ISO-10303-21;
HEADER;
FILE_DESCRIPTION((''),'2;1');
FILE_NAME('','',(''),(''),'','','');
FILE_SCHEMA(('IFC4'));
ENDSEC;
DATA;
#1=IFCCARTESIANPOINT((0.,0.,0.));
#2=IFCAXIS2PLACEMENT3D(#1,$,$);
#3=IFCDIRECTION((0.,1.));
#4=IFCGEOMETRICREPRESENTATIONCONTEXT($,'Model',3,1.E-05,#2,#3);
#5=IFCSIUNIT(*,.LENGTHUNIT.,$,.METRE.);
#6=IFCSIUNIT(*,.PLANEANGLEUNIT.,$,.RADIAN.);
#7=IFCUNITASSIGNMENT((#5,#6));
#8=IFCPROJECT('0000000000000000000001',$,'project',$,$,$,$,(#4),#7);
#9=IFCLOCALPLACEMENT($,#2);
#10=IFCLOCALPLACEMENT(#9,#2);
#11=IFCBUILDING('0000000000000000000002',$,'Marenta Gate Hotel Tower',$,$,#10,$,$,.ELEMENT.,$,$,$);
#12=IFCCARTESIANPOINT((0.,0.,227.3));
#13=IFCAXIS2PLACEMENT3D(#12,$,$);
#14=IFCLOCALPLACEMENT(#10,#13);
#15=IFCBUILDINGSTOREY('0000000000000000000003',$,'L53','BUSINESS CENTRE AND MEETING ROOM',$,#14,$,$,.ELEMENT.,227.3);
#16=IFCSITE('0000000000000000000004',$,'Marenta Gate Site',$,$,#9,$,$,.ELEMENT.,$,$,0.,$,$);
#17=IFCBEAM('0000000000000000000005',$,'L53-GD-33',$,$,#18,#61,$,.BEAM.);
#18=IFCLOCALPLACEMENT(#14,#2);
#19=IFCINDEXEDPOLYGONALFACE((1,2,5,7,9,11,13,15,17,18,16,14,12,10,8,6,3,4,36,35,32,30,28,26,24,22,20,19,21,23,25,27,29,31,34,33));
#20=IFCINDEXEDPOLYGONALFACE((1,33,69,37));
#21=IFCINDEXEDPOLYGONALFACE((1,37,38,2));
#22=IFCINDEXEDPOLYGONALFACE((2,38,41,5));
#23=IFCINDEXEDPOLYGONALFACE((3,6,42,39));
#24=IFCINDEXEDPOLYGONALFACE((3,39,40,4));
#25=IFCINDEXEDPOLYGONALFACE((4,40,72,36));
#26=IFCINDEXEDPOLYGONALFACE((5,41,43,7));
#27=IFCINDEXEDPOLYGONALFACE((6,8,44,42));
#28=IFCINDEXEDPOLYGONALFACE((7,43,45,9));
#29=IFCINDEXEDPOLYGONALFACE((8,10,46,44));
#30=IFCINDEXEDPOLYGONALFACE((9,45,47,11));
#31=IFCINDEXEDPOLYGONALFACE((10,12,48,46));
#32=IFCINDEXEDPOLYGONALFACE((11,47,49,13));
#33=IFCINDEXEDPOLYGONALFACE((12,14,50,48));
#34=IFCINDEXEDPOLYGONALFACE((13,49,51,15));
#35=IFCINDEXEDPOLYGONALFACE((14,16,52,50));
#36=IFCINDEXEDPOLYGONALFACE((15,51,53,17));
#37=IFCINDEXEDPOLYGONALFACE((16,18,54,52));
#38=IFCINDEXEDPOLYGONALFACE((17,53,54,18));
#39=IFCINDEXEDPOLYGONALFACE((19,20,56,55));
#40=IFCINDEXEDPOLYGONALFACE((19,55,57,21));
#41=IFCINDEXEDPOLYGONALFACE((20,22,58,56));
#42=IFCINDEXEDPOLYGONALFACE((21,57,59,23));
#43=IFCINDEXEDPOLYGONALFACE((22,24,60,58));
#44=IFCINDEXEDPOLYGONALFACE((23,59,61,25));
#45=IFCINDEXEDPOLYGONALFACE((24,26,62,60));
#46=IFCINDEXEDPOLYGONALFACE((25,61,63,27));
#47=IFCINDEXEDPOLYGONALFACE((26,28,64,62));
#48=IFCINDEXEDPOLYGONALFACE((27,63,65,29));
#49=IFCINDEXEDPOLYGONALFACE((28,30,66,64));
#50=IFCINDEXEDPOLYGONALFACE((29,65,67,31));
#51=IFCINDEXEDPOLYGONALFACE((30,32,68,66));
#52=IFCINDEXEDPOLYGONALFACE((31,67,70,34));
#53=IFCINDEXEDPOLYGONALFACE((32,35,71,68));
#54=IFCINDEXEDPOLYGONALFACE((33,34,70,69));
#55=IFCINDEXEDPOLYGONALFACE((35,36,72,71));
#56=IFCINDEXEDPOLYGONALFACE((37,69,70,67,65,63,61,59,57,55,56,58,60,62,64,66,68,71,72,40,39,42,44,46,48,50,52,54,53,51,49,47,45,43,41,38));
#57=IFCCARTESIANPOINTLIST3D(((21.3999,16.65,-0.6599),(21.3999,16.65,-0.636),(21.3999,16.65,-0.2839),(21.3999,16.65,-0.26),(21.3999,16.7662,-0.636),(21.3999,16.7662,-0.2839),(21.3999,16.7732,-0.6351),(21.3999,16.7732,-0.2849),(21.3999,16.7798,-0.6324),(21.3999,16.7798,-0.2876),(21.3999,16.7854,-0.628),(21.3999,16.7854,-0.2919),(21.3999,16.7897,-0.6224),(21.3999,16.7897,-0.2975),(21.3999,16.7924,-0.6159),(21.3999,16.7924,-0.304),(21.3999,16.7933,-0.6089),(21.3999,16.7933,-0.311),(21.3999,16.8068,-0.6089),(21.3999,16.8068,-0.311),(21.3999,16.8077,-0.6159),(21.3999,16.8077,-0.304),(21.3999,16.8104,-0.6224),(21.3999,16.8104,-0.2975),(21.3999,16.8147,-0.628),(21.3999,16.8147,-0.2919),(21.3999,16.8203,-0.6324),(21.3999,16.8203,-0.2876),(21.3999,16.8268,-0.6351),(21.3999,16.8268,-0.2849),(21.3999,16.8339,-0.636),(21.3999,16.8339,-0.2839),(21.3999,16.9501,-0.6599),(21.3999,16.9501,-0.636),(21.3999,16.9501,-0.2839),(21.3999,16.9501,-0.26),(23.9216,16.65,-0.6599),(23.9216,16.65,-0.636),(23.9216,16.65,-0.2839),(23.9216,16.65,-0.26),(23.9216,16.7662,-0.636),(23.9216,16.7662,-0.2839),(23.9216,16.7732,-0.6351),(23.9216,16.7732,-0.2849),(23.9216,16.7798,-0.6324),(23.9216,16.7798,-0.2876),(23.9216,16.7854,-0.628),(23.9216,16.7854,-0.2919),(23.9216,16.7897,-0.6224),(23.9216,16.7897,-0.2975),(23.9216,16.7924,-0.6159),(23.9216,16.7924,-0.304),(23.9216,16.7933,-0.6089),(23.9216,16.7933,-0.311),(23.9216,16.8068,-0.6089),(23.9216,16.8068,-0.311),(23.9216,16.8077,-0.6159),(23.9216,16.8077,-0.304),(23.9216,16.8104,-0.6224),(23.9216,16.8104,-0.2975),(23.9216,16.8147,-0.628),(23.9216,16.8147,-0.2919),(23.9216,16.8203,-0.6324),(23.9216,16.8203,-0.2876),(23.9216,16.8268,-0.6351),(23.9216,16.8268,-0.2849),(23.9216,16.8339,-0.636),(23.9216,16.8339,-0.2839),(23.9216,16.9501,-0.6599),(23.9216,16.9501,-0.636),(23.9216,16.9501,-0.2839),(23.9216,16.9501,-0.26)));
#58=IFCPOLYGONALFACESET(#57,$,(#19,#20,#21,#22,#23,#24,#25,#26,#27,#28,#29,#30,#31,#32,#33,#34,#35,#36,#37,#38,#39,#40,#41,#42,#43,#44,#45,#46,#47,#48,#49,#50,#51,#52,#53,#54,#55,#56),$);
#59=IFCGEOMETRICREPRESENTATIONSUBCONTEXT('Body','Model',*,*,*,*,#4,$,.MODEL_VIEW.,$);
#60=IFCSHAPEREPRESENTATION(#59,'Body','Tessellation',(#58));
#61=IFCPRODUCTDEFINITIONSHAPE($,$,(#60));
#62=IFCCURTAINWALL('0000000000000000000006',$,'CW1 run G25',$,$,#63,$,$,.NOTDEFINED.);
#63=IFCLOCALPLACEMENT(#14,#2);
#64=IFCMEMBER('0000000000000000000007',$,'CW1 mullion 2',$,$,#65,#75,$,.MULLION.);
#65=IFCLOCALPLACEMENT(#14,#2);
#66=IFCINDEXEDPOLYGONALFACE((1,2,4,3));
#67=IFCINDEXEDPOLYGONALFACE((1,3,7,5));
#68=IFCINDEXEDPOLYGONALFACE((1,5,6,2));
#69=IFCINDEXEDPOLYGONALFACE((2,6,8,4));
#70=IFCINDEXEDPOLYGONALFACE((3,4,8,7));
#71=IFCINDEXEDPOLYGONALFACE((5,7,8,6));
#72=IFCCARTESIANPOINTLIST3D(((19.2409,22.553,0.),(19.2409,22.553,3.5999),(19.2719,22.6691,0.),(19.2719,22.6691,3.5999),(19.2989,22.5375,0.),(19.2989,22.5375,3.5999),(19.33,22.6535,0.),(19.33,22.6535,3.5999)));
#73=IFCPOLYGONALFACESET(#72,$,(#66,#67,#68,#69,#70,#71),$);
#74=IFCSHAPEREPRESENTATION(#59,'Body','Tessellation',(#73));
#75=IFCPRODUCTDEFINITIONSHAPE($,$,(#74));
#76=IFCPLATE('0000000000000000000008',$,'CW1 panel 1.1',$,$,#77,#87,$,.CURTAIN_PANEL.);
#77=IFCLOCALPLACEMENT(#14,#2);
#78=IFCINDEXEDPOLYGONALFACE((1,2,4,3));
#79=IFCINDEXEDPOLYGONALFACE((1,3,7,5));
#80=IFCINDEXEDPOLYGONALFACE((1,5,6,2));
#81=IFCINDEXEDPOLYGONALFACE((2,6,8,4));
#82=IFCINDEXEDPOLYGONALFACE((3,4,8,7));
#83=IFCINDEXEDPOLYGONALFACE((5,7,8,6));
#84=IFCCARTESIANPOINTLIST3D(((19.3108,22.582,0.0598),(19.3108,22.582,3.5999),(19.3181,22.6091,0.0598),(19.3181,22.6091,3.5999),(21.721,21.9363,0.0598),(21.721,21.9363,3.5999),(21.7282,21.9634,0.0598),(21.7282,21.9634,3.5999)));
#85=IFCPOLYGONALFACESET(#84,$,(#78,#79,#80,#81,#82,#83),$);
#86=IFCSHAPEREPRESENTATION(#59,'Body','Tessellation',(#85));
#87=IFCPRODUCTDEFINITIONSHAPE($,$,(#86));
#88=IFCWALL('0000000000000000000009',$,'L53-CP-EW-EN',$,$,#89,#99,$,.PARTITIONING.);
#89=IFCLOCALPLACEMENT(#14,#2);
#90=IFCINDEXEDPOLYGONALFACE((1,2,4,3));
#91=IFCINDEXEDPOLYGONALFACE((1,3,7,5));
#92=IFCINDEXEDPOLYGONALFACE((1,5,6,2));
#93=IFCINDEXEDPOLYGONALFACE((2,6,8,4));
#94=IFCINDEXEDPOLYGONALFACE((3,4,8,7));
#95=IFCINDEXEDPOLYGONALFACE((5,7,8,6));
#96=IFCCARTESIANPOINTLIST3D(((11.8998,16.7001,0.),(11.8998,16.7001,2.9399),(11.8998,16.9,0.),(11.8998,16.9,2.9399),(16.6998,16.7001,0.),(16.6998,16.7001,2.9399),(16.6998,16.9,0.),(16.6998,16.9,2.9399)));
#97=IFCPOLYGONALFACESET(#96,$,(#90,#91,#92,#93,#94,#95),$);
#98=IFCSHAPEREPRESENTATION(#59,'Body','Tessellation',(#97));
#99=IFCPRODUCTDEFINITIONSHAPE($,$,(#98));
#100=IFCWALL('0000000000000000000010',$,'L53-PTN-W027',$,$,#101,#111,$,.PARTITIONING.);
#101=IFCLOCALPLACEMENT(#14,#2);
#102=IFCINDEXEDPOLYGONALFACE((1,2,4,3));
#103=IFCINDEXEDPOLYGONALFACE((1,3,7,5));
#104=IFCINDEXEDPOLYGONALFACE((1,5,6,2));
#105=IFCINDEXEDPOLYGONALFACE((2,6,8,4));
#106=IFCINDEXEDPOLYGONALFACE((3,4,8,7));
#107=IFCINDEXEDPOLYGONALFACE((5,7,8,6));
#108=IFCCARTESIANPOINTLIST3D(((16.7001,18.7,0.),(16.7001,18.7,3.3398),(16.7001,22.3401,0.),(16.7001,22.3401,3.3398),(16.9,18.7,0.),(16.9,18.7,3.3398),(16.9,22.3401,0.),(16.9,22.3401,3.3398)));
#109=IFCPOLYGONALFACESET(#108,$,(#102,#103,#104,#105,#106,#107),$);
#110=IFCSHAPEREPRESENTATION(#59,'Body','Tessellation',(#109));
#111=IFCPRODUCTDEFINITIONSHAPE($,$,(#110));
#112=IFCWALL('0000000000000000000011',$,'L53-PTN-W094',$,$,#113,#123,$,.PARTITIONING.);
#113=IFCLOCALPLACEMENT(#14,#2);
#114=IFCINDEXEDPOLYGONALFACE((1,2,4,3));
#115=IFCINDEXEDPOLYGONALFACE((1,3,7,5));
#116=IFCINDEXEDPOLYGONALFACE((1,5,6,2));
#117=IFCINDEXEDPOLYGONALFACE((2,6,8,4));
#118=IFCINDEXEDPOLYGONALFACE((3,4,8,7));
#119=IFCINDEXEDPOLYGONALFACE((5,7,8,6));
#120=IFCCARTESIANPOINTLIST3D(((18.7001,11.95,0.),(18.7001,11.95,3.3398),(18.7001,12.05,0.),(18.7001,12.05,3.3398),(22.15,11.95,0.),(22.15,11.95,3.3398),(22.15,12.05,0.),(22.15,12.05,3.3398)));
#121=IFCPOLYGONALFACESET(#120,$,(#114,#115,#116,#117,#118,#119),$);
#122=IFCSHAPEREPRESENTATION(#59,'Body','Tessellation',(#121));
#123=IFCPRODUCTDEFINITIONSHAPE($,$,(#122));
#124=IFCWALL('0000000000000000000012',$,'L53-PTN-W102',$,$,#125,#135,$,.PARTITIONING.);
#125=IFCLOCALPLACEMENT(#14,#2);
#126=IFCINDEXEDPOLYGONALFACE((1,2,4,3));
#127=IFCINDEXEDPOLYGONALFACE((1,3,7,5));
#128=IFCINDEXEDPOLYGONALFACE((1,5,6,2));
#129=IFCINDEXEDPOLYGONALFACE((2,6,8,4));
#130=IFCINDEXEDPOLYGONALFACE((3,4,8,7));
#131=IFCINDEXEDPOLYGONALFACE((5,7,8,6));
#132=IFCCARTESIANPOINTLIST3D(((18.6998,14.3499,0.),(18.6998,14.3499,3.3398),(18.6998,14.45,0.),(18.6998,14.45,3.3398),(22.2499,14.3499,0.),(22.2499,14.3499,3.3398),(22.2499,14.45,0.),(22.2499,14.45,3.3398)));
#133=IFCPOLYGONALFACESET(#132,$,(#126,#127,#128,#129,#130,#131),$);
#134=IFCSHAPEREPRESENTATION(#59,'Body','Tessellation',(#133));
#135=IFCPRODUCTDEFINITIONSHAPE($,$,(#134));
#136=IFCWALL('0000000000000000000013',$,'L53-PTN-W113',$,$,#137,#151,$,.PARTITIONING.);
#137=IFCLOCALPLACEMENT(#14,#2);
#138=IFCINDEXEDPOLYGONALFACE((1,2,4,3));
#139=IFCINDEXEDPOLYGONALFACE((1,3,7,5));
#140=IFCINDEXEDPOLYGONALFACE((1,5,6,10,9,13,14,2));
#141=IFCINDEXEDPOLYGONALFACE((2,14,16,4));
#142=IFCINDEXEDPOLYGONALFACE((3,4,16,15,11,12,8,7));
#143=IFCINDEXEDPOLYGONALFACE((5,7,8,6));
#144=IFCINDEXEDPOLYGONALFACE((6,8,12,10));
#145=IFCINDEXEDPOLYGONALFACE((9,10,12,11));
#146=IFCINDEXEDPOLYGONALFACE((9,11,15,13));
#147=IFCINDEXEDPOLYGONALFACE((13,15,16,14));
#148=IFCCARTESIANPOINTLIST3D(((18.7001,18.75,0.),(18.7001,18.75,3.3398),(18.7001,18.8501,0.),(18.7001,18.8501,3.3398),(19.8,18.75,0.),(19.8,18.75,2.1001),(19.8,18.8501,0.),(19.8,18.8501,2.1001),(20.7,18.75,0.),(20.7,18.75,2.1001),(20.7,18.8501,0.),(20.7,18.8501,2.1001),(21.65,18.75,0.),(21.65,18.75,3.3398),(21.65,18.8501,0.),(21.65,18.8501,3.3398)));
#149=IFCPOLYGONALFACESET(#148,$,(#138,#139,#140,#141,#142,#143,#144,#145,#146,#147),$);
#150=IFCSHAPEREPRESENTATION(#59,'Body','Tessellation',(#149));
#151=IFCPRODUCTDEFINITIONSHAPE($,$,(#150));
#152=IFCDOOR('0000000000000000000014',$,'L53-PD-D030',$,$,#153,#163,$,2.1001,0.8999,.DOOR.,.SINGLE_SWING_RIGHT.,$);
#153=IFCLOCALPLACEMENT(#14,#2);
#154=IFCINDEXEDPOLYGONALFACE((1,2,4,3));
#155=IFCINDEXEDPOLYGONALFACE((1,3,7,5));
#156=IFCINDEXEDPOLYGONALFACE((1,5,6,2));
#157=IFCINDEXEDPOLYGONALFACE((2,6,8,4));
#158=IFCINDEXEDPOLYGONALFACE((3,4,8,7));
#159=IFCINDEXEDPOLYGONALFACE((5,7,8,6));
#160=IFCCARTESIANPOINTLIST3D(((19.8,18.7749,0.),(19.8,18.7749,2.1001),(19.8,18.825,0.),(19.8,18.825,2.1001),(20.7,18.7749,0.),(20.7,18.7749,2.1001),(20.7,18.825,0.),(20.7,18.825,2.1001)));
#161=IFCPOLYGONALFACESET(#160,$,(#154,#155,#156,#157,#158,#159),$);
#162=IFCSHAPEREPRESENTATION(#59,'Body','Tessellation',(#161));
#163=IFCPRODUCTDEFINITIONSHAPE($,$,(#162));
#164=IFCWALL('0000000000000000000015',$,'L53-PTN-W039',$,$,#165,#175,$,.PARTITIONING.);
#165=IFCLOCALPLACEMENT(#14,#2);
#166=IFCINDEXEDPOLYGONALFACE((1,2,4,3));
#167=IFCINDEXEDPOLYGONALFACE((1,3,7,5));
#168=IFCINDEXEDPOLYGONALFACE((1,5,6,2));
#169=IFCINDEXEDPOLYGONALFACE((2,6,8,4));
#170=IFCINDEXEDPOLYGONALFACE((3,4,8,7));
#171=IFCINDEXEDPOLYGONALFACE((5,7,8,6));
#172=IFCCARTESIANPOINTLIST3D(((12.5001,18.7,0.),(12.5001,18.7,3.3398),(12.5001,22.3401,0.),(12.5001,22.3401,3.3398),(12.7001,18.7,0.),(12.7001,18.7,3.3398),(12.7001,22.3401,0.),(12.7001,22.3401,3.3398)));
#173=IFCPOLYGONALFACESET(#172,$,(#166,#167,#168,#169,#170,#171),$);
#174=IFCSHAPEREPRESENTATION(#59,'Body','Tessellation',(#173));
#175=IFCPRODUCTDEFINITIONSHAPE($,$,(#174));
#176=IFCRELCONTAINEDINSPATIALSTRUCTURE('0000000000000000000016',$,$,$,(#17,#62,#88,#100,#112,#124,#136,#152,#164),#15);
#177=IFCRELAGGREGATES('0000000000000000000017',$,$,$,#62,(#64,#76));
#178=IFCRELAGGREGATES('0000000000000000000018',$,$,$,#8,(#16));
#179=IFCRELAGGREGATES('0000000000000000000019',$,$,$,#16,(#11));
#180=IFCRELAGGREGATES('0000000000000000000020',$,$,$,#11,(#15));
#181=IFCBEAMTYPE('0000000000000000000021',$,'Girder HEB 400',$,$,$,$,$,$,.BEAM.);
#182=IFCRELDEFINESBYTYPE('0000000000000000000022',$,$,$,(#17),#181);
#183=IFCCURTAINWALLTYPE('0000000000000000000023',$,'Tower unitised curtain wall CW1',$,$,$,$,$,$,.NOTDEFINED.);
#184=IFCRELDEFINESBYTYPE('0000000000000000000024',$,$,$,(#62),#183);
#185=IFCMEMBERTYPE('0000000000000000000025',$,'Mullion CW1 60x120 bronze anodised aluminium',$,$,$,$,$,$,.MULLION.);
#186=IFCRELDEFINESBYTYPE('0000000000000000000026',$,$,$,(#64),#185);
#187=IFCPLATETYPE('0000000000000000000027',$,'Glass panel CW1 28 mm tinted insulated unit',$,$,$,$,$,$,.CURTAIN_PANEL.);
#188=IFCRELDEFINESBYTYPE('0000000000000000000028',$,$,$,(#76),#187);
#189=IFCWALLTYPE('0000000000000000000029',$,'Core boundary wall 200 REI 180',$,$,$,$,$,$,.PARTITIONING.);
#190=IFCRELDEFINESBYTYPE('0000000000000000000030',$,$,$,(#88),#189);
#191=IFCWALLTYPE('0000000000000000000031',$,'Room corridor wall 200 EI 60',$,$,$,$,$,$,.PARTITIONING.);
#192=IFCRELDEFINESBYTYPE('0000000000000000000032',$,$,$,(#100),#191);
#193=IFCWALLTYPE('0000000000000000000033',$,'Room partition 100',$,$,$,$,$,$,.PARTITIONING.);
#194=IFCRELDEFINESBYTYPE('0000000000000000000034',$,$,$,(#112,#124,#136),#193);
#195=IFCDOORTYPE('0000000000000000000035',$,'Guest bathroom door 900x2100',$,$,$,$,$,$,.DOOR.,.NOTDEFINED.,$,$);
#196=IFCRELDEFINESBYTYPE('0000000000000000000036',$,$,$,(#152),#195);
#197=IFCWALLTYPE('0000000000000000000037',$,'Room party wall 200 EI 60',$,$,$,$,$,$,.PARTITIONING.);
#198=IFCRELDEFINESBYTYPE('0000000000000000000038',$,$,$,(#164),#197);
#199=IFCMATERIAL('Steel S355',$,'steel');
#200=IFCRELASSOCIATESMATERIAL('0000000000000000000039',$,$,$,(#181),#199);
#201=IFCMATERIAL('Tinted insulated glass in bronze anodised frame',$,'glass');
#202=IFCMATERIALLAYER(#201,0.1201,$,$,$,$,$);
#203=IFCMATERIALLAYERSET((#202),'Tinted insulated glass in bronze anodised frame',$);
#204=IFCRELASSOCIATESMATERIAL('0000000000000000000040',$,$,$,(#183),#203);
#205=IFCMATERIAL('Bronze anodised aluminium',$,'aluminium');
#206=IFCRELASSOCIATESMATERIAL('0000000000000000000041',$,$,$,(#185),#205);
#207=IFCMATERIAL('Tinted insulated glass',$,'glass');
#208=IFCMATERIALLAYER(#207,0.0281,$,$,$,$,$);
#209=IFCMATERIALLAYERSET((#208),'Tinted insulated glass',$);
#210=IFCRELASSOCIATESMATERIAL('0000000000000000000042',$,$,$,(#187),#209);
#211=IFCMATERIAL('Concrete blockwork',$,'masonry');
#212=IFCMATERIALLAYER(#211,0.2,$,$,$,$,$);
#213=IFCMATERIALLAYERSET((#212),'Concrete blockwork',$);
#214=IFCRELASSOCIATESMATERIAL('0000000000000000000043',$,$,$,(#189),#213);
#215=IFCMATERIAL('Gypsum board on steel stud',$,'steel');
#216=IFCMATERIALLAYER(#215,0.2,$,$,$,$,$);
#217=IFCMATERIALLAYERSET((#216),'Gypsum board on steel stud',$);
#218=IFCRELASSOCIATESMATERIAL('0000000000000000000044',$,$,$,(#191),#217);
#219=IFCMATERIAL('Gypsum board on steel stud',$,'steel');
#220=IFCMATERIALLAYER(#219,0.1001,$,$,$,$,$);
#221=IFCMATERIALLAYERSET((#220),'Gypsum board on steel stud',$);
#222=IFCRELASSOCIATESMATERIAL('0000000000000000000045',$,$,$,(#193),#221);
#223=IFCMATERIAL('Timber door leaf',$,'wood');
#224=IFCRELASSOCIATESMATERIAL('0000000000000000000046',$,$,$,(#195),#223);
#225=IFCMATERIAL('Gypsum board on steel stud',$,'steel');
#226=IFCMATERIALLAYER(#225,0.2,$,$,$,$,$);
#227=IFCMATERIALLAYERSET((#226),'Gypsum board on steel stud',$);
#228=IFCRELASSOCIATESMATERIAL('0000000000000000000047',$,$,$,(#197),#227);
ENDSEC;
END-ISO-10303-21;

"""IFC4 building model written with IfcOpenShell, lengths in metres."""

from ifc_helpers import new_model, si_unit, direction, frame, frame_2d, origin, origin_2d, place, context, subcontext, project, spatial, rectangle, i_section, extrude, material, layer, layer_set, material_profile, profile_set, type_object, element, fill, aggregate, save


model = new_model("IFC4")

# Units and contexts
model_context = context("Model", 3, precision=1e-05, world=origin(), true_north=direction((0.0, 1.0)))
body_context = subcontext(model_context, "Body", "Model", "MODEL_VIEW")
ifc_project = project(units=[si_unit("LENGTHUNIT", "METRE"), si_unit("PLANEANGLEUNIT", "RADIAN")], contexts=[model_context])

# Site, building, storey
site_placement = place(None, origin())
site = spatial("IfcSite", under=ifc_project, at=site_placement, Name="Marenta Gate Site", CompositionType="ELEMENT", RefElevation=0.0)
building_placement = place(site_placement, origin())
building = spatial("IfcBuilding", under=site, at=building_placement, Name="Marenta Gate Hotel Tower", CompositionType="ELEMENT")
storey_placement = place(building_placement, frame((0.0, 0.0, 227.3)))
storey = spatial("IfcBuildingStorey", under=building, at=storey_placement, Name="L53", Description="BUSINESS CENTRE AND MEETING ROOM", CompositionType="ELEMENT", Elevation=227.3)

# Beam
ifc_material_1 = material(Name="Steel S355", Category="steel")
ifc_material_profile_1 = material_profile(ifc_material_1, i_section(OverallWidth=0.3, OverallDepth=0.3999, WebThickness=0.0134, FlangeThickness=0.0239, FilletRadius=0.0271, at=origin_2d()), Name="HEB 400")
ifc_profile_set_1 = profile_set([ifc_material_profile_1], Name="Steel S355")
beam_type_1 = type_object("IfcBeamType", Name="Girder HEB 400", PredefinedType="BEAM", material=ifc_profile_set_1)
beam_1_placement = place(storey_placement, frame((21.3999, 16.8, -0.46), z_axis=(1.0, 0.0, 0.0), x_axis=(0.0, 1.0, 0.0)))
element("IfcBeam", 1, at=beam_1_placement, inside=storey, type_object=beam_type_1, Name="L53-GD-33", PredefinedType="BEAM", context=body_context, shape_type="SweptSolid", body=[
    extrude(i_section(OverallWidth=0.3, OverallDepth=0.3999, WebThickness=0.0134, FlangeThickness=0.0239, FilletRadius=0.0271, at=origin_2d()), origin(), (0.0, 0.0, 1.0), 2.5217),
])

# Curtain wall, member, plate
ifc_material_2 = material(Name="Tinted insulated glass in bronze anodised frame", Category="glass")
ifc_layer_1 = layer(ifc_material_2, 0.1201)
ifc_layer_set_1 = layer_set([ifc_layer_1], Name="Tinted insulated glass in bronze anodised frame")
curtain_wall_type = type_object("IfcCurtainWallType", Name="Tower unitised curtain wall CW1", PredefinedType="NOTDEFINED", material=ifc_layer_set_1)
curtain_wall_placement = place(storey_placement, origin())
curtain_wall = element("IfcCurtainWall", 2, at=curtain_wall_placement, inside=storey, type_object=curtain_wall_type, Name="CW1 run G25", PredefinedType="NOTDEFINED")
ifc_material_3 = material(Name="Bronze anodised aluminium", Category="aluminium")
ifc_material_profile_2 = material_profile(ifc_material_3, rectangle(XDim=0.1201, YDim=0.0601, at=origin_2d()), Name="Mullion CW1 60x120 bronze anodised aluminium")
ifc_profile_set_2 = profile_set([ifc_material_profile_2], Name="Bronze anodised aluminium")
member_type = type_object("IfcMemberType", Name="Mullion CW1 60x120 bronze anodised aluminium", PredefinedType="MULLION", material=ifc_profile_set_2)
member_placement = place(storey_placement, frame((19.2854, 22.6033, 0.0), z_axis=(0.0, 0.0, 1.0), x_axis=(-0.258805, -0.96593, 0.0)))
member = element("IfcMember", 3, at=member_placement, type_object=member_type, Name="CW1 mullion 2", PredefinedType="MULLION", context=body_context, shape_type="SweptSolid", body=[
    extrude(rectangle(XDim=0.1201, YDim=0.0601, at=origin_2d()), origin(), (0.0, 0.0, 1.0), 3.5999),
])
ifc_material_4 = material(Name="Tinted insulated glass", Category="glass")
ifc_layer_2 = layer(ifc_material_4, 0.0281)
ifc_layer_set_2 = layer_set([ifc_layer_2], Name="Tinted insulated glass")
plate_type = type_object("IfcPlateType", Name="Glass panel CW1 28 mm tinted insulated unit", PredefinedType="CURTAIN_PANEL", material=ifc_layer_set_2)
plate_placement = place(storey_placement, frame((20.5195, 22.2727, 0.0598), z_axis=(0.0, 0.0, 1.0), x_axis=(-0.96593, 0.258805, 0.0)))
plate = element("IfcPlate", 4, at=plate_placement, type_object=plate_type, Name="CW1 panel 1.1", PredefinedType="CURTAIN_PANEL", context=body_context, shape_type="SweptSolid", body=[
    extrude(rectangle(XDim=2.4951, YDim=0.0281, at=origin_2d()), origin(), (0.0, 0.0, 1.0), 3.54),
])
aggregate(curtain_wall, [member, plate])

# Walls
ifc_material_5 = material(Name="Concrete blockwork", Category="masonry")
ifc_layer_3 = layer(ifc_material_5, 0.2)
ifc_layer_set_3 = layer_set([ifc_layer_3], Name="Concrete blockwork")
wall_type_1 = type_object("IfcWallType", Name="Core boundary wall 200 REI 180", PredefinedType="PARTITIONING", material=ifc_layer_set_3)
wall_1_placement = place(storey_placement, frame((11.8999, 16.8, 0.0), z_axis=(0.0, 0.0, 1.0), x_axis=(1.0, 0.0, 0.0)))
element("IfcWall", 5, at=wall_1_placement, inside=storey, type_object=wall_type_1, Name="L53-CP-EW-EN", PredefinedType="PARTITIONING", context=body_context, shape_type="SweptSolid", body=[
    extrude(rectangle(XDim=4.8, YDim=0.2, at=frame_2d((2.3999, 0.0))), origin(), (0.0, 0.0, 1.0), 2.9399),
])
ifc_material_6 = material(Name="Gypsum board on steel stud", Category="steel")
ifc_layer_4 = layer(ifc_material_6, 0.2)
ifc_layer_set_4 = layer_set([ifc_layer_4], Name="Gypsum board on steel stud")
wall_type_2 = type_object("IfcWallType", Name="Room corridor wall 200 EI 60", PredefinedType="PARTITIONING", material=ifc_layer_set_4)
wall_2_placement = place(storey_placement, frame((16.8, 18.7, 0.0), z_axis=(0.0, 0.0, 1.0), x_axis=(0.0, 1.0, 0.0)))
element("IfcWall", 6, at=wall_2_placement, inside=storey, type_object=wall_type_2, Name="L53-PTN-W027", PredefinedType="PARTITIONING", context=body_context, shape_type="SweptSolid", body=[
    extrude(rectangle(XDim=3.6401, YDim=0.2, at=frame_2d((1.8201, 0.0))), origin(), (0.0, 0.0, 1.0), 3.3398),
])
ifc_material_7 = material(Name="Gypsum board on steel stud", Category="steel")
ifc_layer_5 = layer(ifc_material_7, 0.1001)
ifc_layer_set_5 = layer_set([ifc_layer_5], Name="Gypsum board on steel stud")
wall_type_3 = type_object("IfcWallType", Name="Room partition 100", PredefinedType="PARTITIONING", material=ifc_layer_set_5)
wall_3_placement = place(storey_placement, frame((18.7, 12.0, 0.0), z_axis=(0.0, 0.0, 1.0), x_axis=(1.0, 0.0, 0.0)))
element("IfcWall", 7, at=wall_3_placement, inside=storey, type_object=wall_type_3, Name="L53-PTN-W094", PredefinedType="PARTITIONING", context=body_context, shape_type="SweptSolid", body=[
    extrude(rectangle(XDim=3.45, YDim=0.1001, at=frame_2d((1.7251, 0.0))), origin(), (0.0, 0.0, 1.0), 3.3398),
])
wall_4_placement = place(storey_placement, frame((18.7, 14.3999, 0.0), z_axis=(0.0, 0.0, 1.0), x_axis=(1.0, 0.0, 0.0)))
element("IfcWall", 8, at=wall_4_placement, inside=storey, type_object=wall_type_3, Name="L53-PTN-W102", PredefinedType="PARTITIONING", context=body_context, shape_type="SweptSolid", body=[
    extrude(rectangle(XDim=3.55, YDim=0.1001, at=frame_2d((1.7749, 0.0))), origin(), (0.0, 0.0, 1.0), 3.3398),
])

# Wall, opening, door
wall_5_placement = place(storey_placement, frame((18.7, 18.8, 0.0), z_axis=(0.0, 0.0, 1.0), x_axis=(1.0, 0.0, 0.0)))
wall_5 = element("IfcWall", 9, at=wall_5_placement, inside=storey, type_object=wall_type_3, Name="L53-PTN-W113", PredefinedType="PARTITIONING", context=body_context, shape_type="SweptSolid", body=[
    extrude(rectangle(XDim=2.95, YDim=0.1001, at=frame_2d((1.4751, 0.0))), origin(), (0.0, 0.0, 1.0), 3.3398),
])
opening_1_placement = place(wall_5_placement, frame((1.1001, 0.0, 0.0)))
opening_1 = element("IfcOpeningElement", 10, at=opening_1_placement, cuts=wall_5, PredefinedType="OPENING", context=body_context, shape_type="SweptSolid", body=[
    extrude(rectangle(XDim=0.8999, YDim=2.1001, at=frame_2d((0.45, 1.05))), frame((0.0, 0.05, 0.0), z_axis=(0.0, -1.0, 0.0), x_axis=(1.0, 0.0, 0.0)), (0.0, 0.0, 1.0), 0.1001),
])
ifc_material_8 = material(Name="Timber door leaf", Category="wood")
door_type = type_object("IfcDoorType", Name="Guest bathroom door 900x2100", OperationType="NOTDEFINED", PredefinedType="DOOR", material=ifc_material_8)
door_placement = place(opening_1_placement, origin())
door = element("IfcDoor", 11, at=door_placement, inside=storey, type_object=door_type, Name="L53-PD-D030", OperationType="SINGLE_SWING_RIGHT", OverallHeight=2.1001, OverallWidth=0.8999, PredefinedType="DOOR", context=body_context, shape_type="SweptSolid", body=[
    extrude(rectangle(XDim=0.8999, YDim=2.1001, at=frame_2d((0.45, 1.05))), frame((0.0, 0.0249, 0.0), z_axis=(0.0, -1.0, 0.0), x_axis=(1.0, 0.0, 0.0)), (0.0, 0.0, 1.0), 0.05),
])
fill(opening_1, door)

# Wall
ifc_material_9 = material(Name="Gypsum board on steel stud", Category="steel")
ifc_layer_6 = layer(ifc_material_9, 0.2)
ifc_layer_set_6 = layer_set([ifc_layer_6], Name="Gypsum board on steel stud")
wall_type_4 = type_object("IfcWallType", Name="Room party wall 200 EI 60", PredefinedType="PARTITIONING", material=ifc_layer_set_6)
wall_6_placement = place(storey_placement, frame((12.6001, 18.7, 0.0), z_axis=(0.0, 0.0, 1.0), x_axis=(0.0, 1.0, 0.0)))
element("IfcWall", 12, at=wall_6_placement, inside=storey, type_object=wall_type_4, Name="L53-PTN-W039", PredefinedType="PARTITIONING", context=body_context, shape_type="SweptSolid", body=[
    extrude(rectangle(XDim=3.6401, YDim=0.2, at=frame_2d((1.8201, 0.0))), origin(), (0.0, 0.0, 1.0), 3.3398),
])

save(model, "model.ifc")
